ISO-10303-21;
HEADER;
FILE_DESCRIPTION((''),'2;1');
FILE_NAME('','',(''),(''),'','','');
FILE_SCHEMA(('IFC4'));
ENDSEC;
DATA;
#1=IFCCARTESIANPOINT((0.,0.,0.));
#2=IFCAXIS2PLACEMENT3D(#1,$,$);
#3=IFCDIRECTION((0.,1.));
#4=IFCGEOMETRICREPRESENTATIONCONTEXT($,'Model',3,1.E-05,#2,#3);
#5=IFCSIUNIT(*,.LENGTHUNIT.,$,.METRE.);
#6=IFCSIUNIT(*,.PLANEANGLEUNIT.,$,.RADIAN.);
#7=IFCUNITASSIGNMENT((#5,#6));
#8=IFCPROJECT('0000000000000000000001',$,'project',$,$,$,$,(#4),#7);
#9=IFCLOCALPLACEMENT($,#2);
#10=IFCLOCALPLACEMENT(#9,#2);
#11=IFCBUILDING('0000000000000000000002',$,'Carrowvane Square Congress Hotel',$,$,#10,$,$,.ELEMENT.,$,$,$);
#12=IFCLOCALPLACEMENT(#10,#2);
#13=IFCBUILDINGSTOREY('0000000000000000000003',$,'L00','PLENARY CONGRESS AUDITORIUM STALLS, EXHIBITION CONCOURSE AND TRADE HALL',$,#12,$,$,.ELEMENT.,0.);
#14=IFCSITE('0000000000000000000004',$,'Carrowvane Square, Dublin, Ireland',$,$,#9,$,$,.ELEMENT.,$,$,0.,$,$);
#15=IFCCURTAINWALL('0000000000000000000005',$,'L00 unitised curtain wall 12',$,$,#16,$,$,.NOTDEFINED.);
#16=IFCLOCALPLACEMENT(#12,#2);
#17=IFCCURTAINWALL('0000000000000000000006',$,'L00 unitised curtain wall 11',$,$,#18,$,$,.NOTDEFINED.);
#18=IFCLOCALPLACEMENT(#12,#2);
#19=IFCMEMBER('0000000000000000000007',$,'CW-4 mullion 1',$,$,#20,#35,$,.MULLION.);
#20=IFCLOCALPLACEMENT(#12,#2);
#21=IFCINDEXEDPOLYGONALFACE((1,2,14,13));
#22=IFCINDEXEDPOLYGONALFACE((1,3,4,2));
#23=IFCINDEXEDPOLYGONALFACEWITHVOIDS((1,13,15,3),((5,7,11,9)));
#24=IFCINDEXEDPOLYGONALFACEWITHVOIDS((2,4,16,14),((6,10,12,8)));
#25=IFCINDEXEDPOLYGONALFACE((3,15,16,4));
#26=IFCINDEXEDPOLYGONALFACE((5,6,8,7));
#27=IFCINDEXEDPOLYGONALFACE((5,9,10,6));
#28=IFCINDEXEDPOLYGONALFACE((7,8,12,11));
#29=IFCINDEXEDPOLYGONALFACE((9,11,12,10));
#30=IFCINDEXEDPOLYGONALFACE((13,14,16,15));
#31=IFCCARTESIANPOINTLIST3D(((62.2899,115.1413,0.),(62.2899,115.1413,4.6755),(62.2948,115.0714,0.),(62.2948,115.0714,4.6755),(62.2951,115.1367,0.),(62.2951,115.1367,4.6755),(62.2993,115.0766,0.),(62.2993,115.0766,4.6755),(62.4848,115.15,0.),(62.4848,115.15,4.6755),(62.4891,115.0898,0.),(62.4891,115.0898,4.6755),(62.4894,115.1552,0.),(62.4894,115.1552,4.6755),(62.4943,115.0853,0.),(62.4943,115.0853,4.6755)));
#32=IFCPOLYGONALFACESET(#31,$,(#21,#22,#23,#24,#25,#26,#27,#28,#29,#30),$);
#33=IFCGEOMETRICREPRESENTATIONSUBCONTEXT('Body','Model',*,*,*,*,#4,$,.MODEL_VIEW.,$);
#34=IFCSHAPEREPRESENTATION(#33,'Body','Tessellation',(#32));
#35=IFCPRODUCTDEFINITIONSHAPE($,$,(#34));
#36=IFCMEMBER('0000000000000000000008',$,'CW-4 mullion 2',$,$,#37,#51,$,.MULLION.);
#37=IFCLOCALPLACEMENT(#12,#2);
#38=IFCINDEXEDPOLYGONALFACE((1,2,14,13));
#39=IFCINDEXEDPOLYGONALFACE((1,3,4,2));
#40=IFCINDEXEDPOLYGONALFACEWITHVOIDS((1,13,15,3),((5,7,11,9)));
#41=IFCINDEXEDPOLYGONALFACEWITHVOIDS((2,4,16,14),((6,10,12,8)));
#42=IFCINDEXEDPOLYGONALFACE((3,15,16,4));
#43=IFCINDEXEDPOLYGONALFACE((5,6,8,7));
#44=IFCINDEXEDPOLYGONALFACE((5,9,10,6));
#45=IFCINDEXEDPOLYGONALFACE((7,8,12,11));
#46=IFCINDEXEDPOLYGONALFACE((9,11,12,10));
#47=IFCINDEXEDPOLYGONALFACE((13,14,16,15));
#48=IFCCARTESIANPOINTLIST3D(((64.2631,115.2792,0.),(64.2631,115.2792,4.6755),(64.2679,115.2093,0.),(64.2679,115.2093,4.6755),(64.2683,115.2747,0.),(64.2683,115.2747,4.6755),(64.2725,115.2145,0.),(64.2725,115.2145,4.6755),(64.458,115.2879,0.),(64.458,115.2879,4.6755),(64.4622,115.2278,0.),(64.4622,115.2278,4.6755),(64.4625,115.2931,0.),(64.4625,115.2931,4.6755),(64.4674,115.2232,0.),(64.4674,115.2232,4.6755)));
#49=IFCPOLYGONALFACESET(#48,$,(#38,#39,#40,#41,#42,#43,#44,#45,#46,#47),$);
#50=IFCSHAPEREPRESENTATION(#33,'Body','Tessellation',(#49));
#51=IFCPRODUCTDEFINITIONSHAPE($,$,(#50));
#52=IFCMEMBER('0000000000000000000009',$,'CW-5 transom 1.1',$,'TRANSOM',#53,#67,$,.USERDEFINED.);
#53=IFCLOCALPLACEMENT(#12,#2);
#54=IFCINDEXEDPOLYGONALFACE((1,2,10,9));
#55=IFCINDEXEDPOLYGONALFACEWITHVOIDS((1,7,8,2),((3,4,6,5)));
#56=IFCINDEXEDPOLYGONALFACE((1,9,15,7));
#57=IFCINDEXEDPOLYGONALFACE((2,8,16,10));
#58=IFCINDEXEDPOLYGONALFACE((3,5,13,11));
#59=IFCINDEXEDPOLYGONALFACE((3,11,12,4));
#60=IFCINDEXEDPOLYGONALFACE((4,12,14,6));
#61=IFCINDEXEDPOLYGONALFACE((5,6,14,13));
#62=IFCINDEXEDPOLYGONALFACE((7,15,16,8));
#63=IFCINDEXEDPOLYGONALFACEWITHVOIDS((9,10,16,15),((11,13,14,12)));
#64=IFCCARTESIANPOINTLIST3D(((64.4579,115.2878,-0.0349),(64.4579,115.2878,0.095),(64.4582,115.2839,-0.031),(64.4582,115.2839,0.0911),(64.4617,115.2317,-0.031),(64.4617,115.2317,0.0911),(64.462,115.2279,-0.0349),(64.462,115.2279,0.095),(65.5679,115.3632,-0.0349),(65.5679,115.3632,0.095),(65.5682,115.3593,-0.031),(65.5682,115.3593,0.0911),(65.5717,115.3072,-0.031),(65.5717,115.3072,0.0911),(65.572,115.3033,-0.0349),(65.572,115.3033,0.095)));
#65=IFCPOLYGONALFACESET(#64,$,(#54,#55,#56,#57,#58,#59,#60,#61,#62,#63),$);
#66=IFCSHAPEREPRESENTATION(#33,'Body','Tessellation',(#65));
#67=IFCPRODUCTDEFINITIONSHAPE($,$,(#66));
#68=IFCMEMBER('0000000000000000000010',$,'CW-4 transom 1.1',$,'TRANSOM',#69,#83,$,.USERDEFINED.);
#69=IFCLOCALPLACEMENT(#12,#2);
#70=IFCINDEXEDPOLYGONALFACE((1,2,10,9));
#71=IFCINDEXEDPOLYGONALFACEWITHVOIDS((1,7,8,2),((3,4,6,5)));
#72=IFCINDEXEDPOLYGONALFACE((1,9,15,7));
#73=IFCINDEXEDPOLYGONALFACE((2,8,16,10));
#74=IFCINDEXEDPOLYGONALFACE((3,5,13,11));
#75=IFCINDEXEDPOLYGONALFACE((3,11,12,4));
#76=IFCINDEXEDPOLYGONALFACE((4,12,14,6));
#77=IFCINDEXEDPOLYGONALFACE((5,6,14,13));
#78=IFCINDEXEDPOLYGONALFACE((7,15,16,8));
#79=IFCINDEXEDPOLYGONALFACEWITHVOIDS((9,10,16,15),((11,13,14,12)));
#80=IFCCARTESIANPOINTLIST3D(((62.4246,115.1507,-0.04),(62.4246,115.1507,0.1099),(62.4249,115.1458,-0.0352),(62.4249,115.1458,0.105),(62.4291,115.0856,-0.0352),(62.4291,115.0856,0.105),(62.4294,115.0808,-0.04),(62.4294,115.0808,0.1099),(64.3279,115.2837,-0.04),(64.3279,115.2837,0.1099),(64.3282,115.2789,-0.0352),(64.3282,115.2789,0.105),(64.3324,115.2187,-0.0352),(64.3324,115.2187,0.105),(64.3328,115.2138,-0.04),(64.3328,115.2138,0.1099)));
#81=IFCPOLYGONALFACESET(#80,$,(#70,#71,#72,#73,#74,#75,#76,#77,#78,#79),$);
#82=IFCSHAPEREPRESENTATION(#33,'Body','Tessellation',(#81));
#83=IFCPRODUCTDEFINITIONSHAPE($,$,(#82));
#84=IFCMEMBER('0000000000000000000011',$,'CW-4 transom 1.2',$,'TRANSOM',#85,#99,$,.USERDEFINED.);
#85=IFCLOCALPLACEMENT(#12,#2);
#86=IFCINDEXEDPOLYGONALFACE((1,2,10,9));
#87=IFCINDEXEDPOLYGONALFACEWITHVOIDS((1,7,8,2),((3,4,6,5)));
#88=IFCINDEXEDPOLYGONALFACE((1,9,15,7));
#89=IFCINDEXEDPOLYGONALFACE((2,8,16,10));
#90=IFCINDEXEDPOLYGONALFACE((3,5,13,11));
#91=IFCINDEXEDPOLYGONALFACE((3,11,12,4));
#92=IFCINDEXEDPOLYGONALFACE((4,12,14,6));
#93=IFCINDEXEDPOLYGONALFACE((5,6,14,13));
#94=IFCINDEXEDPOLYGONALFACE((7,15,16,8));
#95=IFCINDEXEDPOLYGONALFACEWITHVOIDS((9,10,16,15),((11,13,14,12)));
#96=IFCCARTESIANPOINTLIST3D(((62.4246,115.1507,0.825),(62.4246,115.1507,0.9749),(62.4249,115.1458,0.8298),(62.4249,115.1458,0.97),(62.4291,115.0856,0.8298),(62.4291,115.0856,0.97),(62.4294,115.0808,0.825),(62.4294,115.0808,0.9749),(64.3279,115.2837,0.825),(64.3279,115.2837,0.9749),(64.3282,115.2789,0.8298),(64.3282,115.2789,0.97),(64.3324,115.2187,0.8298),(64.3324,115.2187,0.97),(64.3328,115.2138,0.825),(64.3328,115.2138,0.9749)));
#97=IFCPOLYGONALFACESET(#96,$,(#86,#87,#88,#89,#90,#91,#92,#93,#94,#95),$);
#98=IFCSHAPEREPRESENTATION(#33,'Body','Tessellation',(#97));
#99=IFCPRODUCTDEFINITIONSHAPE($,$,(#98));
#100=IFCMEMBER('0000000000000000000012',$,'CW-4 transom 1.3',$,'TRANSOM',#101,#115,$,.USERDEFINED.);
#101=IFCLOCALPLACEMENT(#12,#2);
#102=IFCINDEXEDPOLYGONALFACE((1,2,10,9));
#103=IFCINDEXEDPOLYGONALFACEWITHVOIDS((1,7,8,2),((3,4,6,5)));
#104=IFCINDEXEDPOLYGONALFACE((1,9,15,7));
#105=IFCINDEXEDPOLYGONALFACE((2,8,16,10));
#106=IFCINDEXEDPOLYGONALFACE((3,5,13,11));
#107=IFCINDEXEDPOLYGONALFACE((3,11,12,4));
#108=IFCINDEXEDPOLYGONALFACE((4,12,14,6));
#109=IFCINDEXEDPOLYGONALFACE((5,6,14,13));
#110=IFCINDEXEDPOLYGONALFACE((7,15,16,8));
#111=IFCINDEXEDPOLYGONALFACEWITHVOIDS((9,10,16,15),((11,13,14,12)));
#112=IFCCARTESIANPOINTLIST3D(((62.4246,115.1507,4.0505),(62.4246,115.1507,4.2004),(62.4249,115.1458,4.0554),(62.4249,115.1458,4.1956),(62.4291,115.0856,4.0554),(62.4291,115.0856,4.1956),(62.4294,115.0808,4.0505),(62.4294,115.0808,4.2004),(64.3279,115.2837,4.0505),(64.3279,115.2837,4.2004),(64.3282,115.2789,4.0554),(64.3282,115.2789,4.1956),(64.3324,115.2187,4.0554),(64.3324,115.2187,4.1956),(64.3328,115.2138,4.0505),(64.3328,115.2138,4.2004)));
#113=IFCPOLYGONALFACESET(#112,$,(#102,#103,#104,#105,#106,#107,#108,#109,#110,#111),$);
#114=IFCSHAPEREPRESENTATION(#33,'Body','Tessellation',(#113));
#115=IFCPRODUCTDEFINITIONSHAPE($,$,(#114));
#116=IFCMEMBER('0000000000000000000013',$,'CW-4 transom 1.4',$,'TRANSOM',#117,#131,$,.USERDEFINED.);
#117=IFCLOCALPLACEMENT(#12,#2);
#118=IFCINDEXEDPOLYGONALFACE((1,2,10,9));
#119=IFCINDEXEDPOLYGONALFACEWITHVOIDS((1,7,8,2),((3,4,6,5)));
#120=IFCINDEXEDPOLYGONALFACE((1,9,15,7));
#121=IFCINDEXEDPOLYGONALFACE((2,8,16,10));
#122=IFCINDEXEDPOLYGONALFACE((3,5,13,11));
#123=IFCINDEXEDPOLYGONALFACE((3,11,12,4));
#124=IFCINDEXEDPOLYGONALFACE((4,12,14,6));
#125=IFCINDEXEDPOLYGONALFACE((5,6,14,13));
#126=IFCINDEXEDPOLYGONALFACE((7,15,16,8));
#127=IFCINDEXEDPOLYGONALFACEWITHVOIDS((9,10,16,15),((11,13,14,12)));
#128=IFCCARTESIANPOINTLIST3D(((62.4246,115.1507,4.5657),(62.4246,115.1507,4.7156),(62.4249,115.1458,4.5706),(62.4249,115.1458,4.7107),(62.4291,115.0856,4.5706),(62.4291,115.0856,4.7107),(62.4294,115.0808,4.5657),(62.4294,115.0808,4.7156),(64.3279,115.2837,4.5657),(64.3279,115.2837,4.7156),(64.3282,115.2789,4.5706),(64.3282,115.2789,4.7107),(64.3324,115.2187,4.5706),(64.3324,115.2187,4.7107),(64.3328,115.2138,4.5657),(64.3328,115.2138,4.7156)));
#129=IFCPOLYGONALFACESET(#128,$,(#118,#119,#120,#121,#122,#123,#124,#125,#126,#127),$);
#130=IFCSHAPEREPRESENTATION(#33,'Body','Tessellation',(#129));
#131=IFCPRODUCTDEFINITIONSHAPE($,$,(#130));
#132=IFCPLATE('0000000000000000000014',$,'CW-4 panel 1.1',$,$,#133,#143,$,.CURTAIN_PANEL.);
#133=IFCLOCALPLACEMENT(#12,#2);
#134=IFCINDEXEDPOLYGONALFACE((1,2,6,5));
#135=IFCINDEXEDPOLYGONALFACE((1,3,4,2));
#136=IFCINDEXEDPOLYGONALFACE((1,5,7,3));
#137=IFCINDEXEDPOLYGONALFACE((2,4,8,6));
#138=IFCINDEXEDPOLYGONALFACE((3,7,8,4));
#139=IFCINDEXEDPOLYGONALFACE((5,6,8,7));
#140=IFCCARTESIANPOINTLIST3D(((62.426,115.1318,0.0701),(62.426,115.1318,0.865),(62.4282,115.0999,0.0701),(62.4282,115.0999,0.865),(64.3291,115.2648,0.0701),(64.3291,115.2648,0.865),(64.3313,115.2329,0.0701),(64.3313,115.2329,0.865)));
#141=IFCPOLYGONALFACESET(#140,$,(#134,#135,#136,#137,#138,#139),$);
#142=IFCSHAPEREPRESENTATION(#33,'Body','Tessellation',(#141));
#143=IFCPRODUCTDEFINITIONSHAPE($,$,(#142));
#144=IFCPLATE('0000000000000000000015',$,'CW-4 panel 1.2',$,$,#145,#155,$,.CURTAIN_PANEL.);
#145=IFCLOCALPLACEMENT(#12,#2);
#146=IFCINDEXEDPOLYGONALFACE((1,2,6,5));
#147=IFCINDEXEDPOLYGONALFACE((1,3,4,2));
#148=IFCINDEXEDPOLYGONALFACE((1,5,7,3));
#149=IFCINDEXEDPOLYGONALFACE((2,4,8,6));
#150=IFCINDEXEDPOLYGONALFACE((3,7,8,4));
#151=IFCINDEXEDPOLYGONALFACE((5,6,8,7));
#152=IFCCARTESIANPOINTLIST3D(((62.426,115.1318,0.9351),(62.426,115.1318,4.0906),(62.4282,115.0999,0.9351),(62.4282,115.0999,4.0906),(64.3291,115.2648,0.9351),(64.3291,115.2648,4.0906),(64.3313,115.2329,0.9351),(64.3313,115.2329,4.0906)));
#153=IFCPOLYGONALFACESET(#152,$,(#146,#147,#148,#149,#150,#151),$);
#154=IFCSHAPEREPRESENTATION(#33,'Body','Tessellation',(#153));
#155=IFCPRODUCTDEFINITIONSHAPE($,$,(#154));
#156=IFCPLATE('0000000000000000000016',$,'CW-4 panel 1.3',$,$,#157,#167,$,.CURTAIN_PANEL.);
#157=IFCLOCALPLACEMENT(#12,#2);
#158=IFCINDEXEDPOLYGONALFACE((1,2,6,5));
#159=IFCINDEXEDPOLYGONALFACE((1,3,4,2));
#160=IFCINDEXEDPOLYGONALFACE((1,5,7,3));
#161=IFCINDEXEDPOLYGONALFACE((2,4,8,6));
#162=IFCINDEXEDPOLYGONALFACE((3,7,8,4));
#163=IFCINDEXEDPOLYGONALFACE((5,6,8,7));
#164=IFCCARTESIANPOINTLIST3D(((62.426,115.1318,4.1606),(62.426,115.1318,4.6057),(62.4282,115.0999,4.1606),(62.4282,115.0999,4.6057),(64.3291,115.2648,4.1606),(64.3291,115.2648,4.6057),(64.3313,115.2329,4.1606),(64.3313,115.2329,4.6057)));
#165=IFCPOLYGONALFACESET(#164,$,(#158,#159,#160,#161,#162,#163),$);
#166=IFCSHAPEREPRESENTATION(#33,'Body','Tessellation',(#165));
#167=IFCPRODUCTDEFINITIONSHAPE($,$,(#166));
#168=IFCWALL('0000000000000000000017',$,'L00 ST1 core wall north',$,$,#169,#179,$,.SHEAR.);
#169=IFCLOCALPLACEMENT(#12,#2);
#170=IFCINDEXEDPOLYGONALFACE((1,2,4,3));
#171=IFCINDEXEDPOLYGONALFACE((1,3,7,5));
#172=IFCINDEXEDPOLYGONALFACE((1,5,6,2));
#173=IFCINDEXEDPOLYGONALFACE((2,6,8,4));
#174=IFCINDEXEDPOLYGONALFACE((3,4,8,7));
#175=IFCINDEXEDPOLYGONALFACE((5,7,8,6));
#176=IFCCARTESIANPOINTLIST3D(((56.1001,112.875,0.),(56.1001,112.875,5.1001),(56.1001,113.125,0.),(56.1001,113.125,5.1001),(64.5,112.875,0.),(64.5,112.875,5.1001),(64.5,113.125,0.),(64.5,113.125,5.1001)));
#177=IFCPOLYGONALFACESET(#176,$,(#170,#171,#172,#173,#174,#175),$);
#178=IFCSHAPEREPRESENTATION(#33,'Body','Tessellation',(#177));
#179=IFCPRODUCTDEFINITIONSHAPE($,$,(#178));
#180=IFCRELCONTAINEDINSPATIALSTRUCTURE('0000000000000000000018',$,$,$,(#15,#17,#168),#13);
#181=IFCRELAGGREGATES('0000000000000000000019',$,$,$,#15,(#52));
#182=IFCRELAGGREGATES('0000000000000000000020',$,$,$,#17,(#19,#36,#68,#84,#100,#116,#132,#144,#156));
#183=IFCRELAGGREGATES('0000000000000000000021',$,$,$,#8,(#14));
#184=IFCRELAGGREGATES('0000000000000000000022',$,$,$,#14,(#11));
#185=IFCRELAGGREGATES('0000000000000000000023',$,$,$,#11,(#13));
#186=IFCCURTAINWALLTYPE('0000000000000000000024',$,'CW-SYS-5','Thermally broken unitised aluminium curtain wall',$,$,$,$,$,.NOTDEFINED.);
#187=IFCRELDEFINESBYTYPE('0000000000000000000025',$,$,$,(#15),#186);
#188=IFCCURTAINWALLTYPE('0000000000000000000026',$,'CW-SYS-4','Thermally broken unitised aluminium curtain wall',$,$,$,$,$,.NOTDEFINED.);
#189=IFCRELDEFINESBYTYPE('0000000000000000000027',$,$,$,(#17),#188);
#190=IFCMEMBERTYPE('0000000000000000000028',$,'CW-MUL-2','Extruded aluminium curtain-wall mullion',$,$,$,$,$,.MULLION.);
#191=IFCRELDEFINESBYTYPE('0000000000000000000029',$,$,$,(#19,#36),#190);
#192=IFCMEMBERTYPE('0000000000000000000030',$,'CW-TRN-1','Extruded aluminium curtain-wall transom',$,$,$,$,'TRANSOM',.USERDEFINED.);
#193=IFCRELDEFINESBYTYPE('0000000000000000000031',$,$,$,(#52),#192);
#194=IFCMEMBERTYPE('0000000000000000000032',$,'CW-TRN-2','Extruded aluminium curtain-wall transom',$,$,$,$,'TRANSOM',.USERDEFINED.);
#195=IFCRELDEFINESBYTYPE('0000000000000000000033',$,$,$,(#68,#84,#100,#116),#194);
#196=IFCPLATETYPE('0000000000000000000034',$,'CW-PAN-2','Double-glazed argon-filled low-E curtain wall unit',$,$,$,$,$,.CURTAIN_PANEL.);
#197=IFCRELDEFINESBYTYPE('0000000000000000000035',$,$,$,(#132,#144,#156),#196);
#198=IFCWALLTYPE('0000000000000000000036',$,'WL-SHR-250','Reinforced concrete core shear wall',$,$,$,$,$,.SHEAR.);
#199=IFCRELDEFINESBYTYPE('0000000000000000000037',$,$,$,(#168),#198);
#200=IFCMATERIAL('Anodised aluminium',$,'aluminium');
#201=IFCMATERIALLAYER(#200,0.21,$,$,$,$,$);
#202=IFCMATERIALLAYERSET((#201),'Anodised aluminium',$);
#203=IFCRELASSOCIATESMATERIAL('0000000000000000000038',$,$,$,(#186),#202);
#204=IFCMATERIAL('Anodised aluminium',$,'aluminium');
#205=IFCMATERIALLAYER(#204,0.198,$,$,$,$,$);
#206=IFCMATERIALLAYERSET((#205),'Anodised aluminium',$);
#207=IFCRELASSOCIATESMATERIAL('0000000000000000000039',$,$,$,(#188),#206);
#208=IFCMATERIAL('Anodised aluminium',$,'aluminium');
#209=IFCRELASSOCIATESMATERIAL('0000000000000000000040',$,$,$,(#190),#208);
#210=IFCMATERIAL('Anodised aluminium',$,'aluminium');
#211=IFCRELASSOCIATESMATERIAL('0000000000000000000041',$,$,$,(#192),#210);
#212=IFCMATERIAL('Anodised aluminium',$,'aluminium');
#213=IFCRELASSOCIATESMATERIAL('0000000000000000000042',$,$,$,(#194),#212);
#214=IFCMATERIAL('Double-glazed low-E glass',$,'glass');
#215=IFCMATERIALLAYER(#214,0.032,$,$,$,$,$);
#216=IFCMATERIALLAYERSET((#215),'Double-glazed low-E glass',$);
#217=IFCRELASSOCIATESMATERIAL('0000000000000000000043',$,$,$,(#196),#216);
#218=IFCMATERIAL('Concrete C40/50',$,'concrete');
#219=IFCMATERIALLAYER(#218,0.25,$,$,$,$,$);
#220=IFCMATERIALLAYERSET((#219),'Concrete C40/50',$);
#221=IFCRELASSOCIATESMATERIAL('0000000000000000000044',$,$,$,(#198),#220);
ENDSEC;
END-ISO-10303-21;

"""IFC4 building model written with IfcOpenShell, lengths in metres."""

from ifc_helpers import new_model, si_unit, direction, frame, frame_2d, origin, origin_2d, place, context, subcontext, project, spatial, rectangle, hollow_rectangle, extrude, material, layer, layer_set, material_profile, profile_set, type_object, element, aggregate, save


model = new_model("IFC4")

# Units and contexts
model_context = context("Model", 3, precision=1e-05, world=origin(), true_north=direction((0.0, 1.0)))
body_context = subcontext(model_context, "Body", "Model", "MODEL_VIEW")
ifc_project = project(units=[si_unit("LENGTHUNIT", "METRE"), si_unit("PLANEANGLEUNIT", "RADIAN")], contexts=[model_context])

# Site, building, storey
site_placement = place(None, origin())
site = spatial("IfcSite", under=ifc_project, at=site_placement, Name="Carrowvane Square, Dublin, Ireland", CompositionType="ELEMENT", RefElevation=0.0)
building_placement = place(site_placement, origin())
building = spatial("IfcBuilding", under=site, at=building_placement, Name="Carrowvane Square Congress Hotel", CompositionType="ELEMENT")
storey_placement = place(building_placement, origin())
storey = spatial("IfcBuildingStorey", under=building, at=storey_placement, Name="L00", Description="PLENARY CONGRESS AUDITORIUM STALLS, EXHIBITION CONCOURSE AND TRADE HALL", CompositionType="ELEMENT", Elevation=0.0)

# Curtain wall
ifc_material_1 = material(Name="Anodised aluminium", Category="aluminium")
ifc_layer_1 = layer(ifc_material_1, 0.21)
ifc_layer_set_1 = layer_set([ifc_layer_1], Name="Anodised aluminium")
curtain_wall_type_1 = type_object("IfcCurtainWallType", Name="CW-SYS-5", Description="Thermally broken unitised aluminium curtain wall", PredefinedType="NOTDEFINED", material=ifc_layer_set_1)
curtain_wall_1_placement = place(storey_placement, origin())
curtain_wall_1 = element("IfcCurtainWall", 1, at=curtain_wall_1_placement, inside=storey, type_object=curtain_wall_type_1, Name="L00 unitised curtain wall 12", PredefinedType="NOTDEFINED")

# Curtain wall, members
ifc_material_2 = material(Name="Anodised aluminium", Category="aluminium")
ifc_layer_2 = layer(ifc_material_2, 0.198)
ifc_layer_set_2 = layer_set([ifc_layer_2], Name="Anodised aluminium")
curtain_wall_type_2 = type_object("IfcCurtainWallType", Name="CW-SYS-4", Description="Thermally broken unitised aluminium curtain wall", PredefinedType="NOTDEFINED", material=ifc_layer_set_2)
curtain_wall_2_placement = place(storey_placement, origin())
curtain_wall_2 = element("IfcCurtainWall", 2, at=curtain_wall_2_placement, inside=storey, type_object=curtain_wall_type_2, Name="L00 unitised curtain wall 11", PredefinedType="NOTDEFINED")
ifc_material_3 = material(Name="Anodised aluminium", Category="aluminium")
ifc_material_profile_1 = material_profile(ifc_material_3, hollow_rectangle(XDim=0.0701, YDim=0.2, WallThickness=0.0049, at=origin_2d()), Name="CW-ML 70x200x5")
ifc_profile_set_1 = profile_set([ifc_material_profile_1], Name="Anodised aluminium")
member_type_1 = type_object("IfcMemberType", Name="CW-MUL-2", Description="Extruded aluminium curtain-wall mullion", PredefinedType="MULLION", material=ifc_profile_set_1)
member_1_placement = place(storey_placement, frame((62.3921, 115.1133, 0.0), z_axis=(0.0, 0.0, 1.0), x_axis=(-0.069724, 0.997566, 0.0)))
member_1 = element("IfcMember", 3, at=member_1_placement, type_object=member_type_1, Name="CW-4 mullion 1", PredefinedType="MULLION", context=body_context, shape_type="SweptSolid", body=[
    extrude(hollow_rectangle(XDim=0.0701, YDim=0.2, WallThickness=0.0049, at=origin_2d()), origin(), (0.0, 0.0, 1.0), 4.6755),
])
member_2_placement = place(storey_placement, frame((64.3652, 115.2512, 0.0), z_axis=(0.0, 0.0, 1.0), x_axis=(-0.069724, 0.997566, 0.0)))
member_2 = element("IfcMember", 4, at=member_2_placement, type_object=member_type_1, Name="CW-4 mullion 2", PredefinedType="MULLION", context=body_context, shape_type="SweptSolid", body=[
    extrude(hollow_rectangle(XDim=0.0701, YDim=0.2, WallThickness=0.0049, at=origin_2d()), origin(), (0.0, 0.0, 1.0), 4.6755),
])

# Members
ifc_material_4 = material(Name="Anodised aluminium", Category="aluminium")
ifc_material_profile_2 = material_profile(ifc_material_4, hollow_rectangle(XDim=0.0601, YDim=0.1299, WallThickness=0.0039, at=origin_2d()), Name="CW-TR 60x130x4")
ifc_profile_set_2 = profile_set([ifc_material_profile_2], Name="Anodised aluminium")
member_type_2 = type_object("IfcMemberType", Name="CW-TRN-1", Description="Extruded aluminium curtain-wall transom", ElementType="TRANSOM", PredefinedType="USERDEFINED", material=ifc_profile_set_2)
member_3_placement = place(storey_placement, frame((64.46, 115.2578, 0.03), z_axis=(0.997699, 0.067801, 0.0), x_axis=(-0.067801, 0.997699, 0.0)))
member_3 = element("IfcMember", 5, at=member_3_placement, type_object=member_type_2, Name="CW-5 transom 1.1", ObjectType="TRANSOM", PredefinedType="USERDEFINED", context=body_context, shape_type="SweptSolid", body=[
    extrude(hollow_rectangle(XDim=0.0601, YDim=0.1299, WallThickness=0.0039, at=origin_2d()), origin(), (0.0, 0.0, 1.0), 1.1125),
])
aggregate(curtain_wall_1, [member_3])
ifc_material_5 = material(Name="Anodised aluminium", Category="aluminium")
ifc_material_profile_3 = material_profile(ifc_material_5, hollow_rectangle(XDim=0.0701, YDim=0.1499, WallThickness=0.0049, at=origin_2d()), Name="CW-TR 70x150x5")
ifc_profile_set_3 = profile_set([ifc_material_profile_3], Name="Anodised aluminium")
member_type_3 = type_object("IfcMemberType", Name="CW-TRN-2", Description="Extruded aluminium curtain-wall transom", ElementType="TRANSOM", PredefinedType="USERDEFINED", material=ifc_profile_set_3)
member_4_placement = place(storey_placement, frame((62.427, 115.1157, 0.0349), z_axis=(0.997565, 0.069737, 0.0), x_axis=(-0.069737, 0.997565, 0.0)))
member_4 = element("IfcMember", 6, at=member_4_placement, type_object=member_type_3, Name="CW-4 transom 1.1", ObjectType="TRANSOM", PredefinedType="USERDEFINED", context=body_context, shape_type="SweptSolid", body=[
    extrude(hollow_rectangle(XDim=0.0701, YDim=0.1499, WallThickness=0.0049, at=origin_2d()), origin(), (0.0, 0.0, 1.0), 1.908),
])
member_5_placement = place(storey_placement, frame((62.427, 115.1157, 0.8999), z_axis=(0.997565, 0.069737, 0.0), x_axis=(-0.069737, 0.997565, 0.0)))
member_5 = element("IfcMember", 7, at=member_5_placement, type_object=member_type_3, Name="CW-4 transom 1.2", ObjectType="TRANSOM", PredefinedType="USERDEFINED", context=body_context, shape_type="SweptSolid", body=[
    extrude(hollow_rectangle(XDim=0.0701, YDim=0.1499, WallThickness=0.0049, at=origin_2d()), origin(), (0.0, 0.0, 1.0), 1.908),
])
member_6_placement = place(storey_placement, frame((62.427, 115.1157, 4.1255), z_axis=(0.997565, 0.069737, 0.0), x_axis=(-0.069737, 0.997565, 0.0)))
member_6 = element("IfcMember", 8, at=member_6_placement, type_object=member_type_3, Name="CW-4 transom 1.3", ObjectType="TRANSOM", PredefinedType="USERDEFINED", context=body_context, shape_type="SweptSolid", body=[
    extrude(hollow_rectangle(XDim=0.0701, YDim=0.1499, WallThickness=0.0049, at=origin_2d()), origin(), (0.0, 0.0, 1.0), 1.908),
])
member_7_placement = place(storey_placement, frame((62.427, 115.1157, 4.6406), z_axis=(0.997565, 0.069737, 0.0), x_axis=(-0.069737, 0.997565, 0.0)))
member_7 = element("IfcMember", 9, at=member_7_placement, type_object=member_type_3, Name="CW-4 transom 1.4", ObjectType="TRANSOM", PredefinedType="USERDEFINED", context=body_context, shape_type="SweptSolid", body=[
    extrude(hollow_rectangle(XDim=0.0701, YDim=0.1499, WallThickness=0.0049, at=origin_2d()), origin(), (0.0, 0.0, 1.0), 1.908),
])

# Plates
ifc_material_6 = material(Name="Double-glazed low-E glass", Category="glass")
ifc_layer_3 = layer(ifc_material_6, 0.032)
ifc_layer_set_3 = layer_set([ifc_layer_3], Name="Double-glazed low-E glass")
plate_type = type_object("IfcPlateType", Name="CW-PAN-2", Description="Double-glazed argon-filled low-E curtain wall unit", PredefinedType="CURTAIN_PANEL", material=ifc_layer_set_3)
plate_1_placement = place(storey_placement, frame((63.3787, 115.1824, 0.0701), z_axis=(0.0, 0.0, 1.0), x_axis=(0.997566, 0.069724, 0.0)))
plate_1 = element("IfcPlate", 10, at=plate_1_placement, type_object=plate_type, Name="CW-4 panel 1.1", PredefinedType="CURTAIN_PANEL", context=body_context, shape_type="SweptSolid", body=[
    extrude(rectangle(XDim=1.9077, YDim=0.032, at=origin_2d()), origin(), (0.0, 0.0, 1.0), 0.7949),
])
plate_2_placement = place(storey_placement, frame((63.3787, 115.1824, 0.9351), z_axis=(0.0, 0.0, 1.0), x_axis=(0.997566, 0.069724, 0.0)))
plate_2 = element("IfcPlate", 11, at=plate_2_placement, type_object=plate_type, Name="CW-4 panel 1.2", PredefinedType="CURTAIN_PANEL", context=body_context, shape_type="SweptSolid", body=[
    extrude(rectangle(XDim=1.9077, YDim=0.032, at=origin_2d()), origin(), (0.0, 0.0, 1.0), 3.1555),
])
plate_3_placement = place(storey_placement, frame((63.3787, 115.1824, 4.1606), z_axis=(0.0, 0.0, 1.0), x_axis=(0.997566, 0.069724, 0.0)))
plate_3 = element("IfcPlate", 12, at=plate_3_placement, type_object=plate_type, Name="CW-4 panel 1.3", PredefinedType="CURTAIN_PANEL", context=body_context, shape_type="SweptSolid", body=[
    extrude(rectangle(XDim=1.9077, YDim=0.032, at=origin_2d()), origin(), (0.0, 0.0, 1.0), 0.4451),
])
aggregate(curtain_wall_2, [member_1, member_2, member_4, member_5, member_6, member_7, plate_1, plate_2, plate_3])

# Wall
ifc_material_7 = material(Name="Concrete C40/50", Category="concrete")
ifc_layer_4 = layer(ifc_material_7, 0.25)
ifc_layer_set_4 = layer_set([ifc_layer_4], Name="Concrete C40/50")
wall_type = type_object("IfcWallType", Name="WL-SHR-250", Description="Reinforced concrete core shear wall", PredefinedType="SHEAR", material=ifc_layer_set_4)
wall_placement = place(storey_placement, frame((64.5, 113.0, 0.0), z_axis=(0.0, 0.0, 1.0), x_axis=(-1.0, 0.0, 0.0)))
element("IfcWall", 13, at=wall_placement, inside=storey, type_object=wall_type, Name="L00 ST1 core wall north", PredefinedType="SHEAR", context=body_context, shape_type="SweptSolid", body=[
    extrude(rectangle(XDim=8.3999, YDim=0.25, at=frame_2d((4.2, 0.0))), origin(), (0.0, 0.0, 1.0), 5.1001),
])

save(model, "model.ifc")
